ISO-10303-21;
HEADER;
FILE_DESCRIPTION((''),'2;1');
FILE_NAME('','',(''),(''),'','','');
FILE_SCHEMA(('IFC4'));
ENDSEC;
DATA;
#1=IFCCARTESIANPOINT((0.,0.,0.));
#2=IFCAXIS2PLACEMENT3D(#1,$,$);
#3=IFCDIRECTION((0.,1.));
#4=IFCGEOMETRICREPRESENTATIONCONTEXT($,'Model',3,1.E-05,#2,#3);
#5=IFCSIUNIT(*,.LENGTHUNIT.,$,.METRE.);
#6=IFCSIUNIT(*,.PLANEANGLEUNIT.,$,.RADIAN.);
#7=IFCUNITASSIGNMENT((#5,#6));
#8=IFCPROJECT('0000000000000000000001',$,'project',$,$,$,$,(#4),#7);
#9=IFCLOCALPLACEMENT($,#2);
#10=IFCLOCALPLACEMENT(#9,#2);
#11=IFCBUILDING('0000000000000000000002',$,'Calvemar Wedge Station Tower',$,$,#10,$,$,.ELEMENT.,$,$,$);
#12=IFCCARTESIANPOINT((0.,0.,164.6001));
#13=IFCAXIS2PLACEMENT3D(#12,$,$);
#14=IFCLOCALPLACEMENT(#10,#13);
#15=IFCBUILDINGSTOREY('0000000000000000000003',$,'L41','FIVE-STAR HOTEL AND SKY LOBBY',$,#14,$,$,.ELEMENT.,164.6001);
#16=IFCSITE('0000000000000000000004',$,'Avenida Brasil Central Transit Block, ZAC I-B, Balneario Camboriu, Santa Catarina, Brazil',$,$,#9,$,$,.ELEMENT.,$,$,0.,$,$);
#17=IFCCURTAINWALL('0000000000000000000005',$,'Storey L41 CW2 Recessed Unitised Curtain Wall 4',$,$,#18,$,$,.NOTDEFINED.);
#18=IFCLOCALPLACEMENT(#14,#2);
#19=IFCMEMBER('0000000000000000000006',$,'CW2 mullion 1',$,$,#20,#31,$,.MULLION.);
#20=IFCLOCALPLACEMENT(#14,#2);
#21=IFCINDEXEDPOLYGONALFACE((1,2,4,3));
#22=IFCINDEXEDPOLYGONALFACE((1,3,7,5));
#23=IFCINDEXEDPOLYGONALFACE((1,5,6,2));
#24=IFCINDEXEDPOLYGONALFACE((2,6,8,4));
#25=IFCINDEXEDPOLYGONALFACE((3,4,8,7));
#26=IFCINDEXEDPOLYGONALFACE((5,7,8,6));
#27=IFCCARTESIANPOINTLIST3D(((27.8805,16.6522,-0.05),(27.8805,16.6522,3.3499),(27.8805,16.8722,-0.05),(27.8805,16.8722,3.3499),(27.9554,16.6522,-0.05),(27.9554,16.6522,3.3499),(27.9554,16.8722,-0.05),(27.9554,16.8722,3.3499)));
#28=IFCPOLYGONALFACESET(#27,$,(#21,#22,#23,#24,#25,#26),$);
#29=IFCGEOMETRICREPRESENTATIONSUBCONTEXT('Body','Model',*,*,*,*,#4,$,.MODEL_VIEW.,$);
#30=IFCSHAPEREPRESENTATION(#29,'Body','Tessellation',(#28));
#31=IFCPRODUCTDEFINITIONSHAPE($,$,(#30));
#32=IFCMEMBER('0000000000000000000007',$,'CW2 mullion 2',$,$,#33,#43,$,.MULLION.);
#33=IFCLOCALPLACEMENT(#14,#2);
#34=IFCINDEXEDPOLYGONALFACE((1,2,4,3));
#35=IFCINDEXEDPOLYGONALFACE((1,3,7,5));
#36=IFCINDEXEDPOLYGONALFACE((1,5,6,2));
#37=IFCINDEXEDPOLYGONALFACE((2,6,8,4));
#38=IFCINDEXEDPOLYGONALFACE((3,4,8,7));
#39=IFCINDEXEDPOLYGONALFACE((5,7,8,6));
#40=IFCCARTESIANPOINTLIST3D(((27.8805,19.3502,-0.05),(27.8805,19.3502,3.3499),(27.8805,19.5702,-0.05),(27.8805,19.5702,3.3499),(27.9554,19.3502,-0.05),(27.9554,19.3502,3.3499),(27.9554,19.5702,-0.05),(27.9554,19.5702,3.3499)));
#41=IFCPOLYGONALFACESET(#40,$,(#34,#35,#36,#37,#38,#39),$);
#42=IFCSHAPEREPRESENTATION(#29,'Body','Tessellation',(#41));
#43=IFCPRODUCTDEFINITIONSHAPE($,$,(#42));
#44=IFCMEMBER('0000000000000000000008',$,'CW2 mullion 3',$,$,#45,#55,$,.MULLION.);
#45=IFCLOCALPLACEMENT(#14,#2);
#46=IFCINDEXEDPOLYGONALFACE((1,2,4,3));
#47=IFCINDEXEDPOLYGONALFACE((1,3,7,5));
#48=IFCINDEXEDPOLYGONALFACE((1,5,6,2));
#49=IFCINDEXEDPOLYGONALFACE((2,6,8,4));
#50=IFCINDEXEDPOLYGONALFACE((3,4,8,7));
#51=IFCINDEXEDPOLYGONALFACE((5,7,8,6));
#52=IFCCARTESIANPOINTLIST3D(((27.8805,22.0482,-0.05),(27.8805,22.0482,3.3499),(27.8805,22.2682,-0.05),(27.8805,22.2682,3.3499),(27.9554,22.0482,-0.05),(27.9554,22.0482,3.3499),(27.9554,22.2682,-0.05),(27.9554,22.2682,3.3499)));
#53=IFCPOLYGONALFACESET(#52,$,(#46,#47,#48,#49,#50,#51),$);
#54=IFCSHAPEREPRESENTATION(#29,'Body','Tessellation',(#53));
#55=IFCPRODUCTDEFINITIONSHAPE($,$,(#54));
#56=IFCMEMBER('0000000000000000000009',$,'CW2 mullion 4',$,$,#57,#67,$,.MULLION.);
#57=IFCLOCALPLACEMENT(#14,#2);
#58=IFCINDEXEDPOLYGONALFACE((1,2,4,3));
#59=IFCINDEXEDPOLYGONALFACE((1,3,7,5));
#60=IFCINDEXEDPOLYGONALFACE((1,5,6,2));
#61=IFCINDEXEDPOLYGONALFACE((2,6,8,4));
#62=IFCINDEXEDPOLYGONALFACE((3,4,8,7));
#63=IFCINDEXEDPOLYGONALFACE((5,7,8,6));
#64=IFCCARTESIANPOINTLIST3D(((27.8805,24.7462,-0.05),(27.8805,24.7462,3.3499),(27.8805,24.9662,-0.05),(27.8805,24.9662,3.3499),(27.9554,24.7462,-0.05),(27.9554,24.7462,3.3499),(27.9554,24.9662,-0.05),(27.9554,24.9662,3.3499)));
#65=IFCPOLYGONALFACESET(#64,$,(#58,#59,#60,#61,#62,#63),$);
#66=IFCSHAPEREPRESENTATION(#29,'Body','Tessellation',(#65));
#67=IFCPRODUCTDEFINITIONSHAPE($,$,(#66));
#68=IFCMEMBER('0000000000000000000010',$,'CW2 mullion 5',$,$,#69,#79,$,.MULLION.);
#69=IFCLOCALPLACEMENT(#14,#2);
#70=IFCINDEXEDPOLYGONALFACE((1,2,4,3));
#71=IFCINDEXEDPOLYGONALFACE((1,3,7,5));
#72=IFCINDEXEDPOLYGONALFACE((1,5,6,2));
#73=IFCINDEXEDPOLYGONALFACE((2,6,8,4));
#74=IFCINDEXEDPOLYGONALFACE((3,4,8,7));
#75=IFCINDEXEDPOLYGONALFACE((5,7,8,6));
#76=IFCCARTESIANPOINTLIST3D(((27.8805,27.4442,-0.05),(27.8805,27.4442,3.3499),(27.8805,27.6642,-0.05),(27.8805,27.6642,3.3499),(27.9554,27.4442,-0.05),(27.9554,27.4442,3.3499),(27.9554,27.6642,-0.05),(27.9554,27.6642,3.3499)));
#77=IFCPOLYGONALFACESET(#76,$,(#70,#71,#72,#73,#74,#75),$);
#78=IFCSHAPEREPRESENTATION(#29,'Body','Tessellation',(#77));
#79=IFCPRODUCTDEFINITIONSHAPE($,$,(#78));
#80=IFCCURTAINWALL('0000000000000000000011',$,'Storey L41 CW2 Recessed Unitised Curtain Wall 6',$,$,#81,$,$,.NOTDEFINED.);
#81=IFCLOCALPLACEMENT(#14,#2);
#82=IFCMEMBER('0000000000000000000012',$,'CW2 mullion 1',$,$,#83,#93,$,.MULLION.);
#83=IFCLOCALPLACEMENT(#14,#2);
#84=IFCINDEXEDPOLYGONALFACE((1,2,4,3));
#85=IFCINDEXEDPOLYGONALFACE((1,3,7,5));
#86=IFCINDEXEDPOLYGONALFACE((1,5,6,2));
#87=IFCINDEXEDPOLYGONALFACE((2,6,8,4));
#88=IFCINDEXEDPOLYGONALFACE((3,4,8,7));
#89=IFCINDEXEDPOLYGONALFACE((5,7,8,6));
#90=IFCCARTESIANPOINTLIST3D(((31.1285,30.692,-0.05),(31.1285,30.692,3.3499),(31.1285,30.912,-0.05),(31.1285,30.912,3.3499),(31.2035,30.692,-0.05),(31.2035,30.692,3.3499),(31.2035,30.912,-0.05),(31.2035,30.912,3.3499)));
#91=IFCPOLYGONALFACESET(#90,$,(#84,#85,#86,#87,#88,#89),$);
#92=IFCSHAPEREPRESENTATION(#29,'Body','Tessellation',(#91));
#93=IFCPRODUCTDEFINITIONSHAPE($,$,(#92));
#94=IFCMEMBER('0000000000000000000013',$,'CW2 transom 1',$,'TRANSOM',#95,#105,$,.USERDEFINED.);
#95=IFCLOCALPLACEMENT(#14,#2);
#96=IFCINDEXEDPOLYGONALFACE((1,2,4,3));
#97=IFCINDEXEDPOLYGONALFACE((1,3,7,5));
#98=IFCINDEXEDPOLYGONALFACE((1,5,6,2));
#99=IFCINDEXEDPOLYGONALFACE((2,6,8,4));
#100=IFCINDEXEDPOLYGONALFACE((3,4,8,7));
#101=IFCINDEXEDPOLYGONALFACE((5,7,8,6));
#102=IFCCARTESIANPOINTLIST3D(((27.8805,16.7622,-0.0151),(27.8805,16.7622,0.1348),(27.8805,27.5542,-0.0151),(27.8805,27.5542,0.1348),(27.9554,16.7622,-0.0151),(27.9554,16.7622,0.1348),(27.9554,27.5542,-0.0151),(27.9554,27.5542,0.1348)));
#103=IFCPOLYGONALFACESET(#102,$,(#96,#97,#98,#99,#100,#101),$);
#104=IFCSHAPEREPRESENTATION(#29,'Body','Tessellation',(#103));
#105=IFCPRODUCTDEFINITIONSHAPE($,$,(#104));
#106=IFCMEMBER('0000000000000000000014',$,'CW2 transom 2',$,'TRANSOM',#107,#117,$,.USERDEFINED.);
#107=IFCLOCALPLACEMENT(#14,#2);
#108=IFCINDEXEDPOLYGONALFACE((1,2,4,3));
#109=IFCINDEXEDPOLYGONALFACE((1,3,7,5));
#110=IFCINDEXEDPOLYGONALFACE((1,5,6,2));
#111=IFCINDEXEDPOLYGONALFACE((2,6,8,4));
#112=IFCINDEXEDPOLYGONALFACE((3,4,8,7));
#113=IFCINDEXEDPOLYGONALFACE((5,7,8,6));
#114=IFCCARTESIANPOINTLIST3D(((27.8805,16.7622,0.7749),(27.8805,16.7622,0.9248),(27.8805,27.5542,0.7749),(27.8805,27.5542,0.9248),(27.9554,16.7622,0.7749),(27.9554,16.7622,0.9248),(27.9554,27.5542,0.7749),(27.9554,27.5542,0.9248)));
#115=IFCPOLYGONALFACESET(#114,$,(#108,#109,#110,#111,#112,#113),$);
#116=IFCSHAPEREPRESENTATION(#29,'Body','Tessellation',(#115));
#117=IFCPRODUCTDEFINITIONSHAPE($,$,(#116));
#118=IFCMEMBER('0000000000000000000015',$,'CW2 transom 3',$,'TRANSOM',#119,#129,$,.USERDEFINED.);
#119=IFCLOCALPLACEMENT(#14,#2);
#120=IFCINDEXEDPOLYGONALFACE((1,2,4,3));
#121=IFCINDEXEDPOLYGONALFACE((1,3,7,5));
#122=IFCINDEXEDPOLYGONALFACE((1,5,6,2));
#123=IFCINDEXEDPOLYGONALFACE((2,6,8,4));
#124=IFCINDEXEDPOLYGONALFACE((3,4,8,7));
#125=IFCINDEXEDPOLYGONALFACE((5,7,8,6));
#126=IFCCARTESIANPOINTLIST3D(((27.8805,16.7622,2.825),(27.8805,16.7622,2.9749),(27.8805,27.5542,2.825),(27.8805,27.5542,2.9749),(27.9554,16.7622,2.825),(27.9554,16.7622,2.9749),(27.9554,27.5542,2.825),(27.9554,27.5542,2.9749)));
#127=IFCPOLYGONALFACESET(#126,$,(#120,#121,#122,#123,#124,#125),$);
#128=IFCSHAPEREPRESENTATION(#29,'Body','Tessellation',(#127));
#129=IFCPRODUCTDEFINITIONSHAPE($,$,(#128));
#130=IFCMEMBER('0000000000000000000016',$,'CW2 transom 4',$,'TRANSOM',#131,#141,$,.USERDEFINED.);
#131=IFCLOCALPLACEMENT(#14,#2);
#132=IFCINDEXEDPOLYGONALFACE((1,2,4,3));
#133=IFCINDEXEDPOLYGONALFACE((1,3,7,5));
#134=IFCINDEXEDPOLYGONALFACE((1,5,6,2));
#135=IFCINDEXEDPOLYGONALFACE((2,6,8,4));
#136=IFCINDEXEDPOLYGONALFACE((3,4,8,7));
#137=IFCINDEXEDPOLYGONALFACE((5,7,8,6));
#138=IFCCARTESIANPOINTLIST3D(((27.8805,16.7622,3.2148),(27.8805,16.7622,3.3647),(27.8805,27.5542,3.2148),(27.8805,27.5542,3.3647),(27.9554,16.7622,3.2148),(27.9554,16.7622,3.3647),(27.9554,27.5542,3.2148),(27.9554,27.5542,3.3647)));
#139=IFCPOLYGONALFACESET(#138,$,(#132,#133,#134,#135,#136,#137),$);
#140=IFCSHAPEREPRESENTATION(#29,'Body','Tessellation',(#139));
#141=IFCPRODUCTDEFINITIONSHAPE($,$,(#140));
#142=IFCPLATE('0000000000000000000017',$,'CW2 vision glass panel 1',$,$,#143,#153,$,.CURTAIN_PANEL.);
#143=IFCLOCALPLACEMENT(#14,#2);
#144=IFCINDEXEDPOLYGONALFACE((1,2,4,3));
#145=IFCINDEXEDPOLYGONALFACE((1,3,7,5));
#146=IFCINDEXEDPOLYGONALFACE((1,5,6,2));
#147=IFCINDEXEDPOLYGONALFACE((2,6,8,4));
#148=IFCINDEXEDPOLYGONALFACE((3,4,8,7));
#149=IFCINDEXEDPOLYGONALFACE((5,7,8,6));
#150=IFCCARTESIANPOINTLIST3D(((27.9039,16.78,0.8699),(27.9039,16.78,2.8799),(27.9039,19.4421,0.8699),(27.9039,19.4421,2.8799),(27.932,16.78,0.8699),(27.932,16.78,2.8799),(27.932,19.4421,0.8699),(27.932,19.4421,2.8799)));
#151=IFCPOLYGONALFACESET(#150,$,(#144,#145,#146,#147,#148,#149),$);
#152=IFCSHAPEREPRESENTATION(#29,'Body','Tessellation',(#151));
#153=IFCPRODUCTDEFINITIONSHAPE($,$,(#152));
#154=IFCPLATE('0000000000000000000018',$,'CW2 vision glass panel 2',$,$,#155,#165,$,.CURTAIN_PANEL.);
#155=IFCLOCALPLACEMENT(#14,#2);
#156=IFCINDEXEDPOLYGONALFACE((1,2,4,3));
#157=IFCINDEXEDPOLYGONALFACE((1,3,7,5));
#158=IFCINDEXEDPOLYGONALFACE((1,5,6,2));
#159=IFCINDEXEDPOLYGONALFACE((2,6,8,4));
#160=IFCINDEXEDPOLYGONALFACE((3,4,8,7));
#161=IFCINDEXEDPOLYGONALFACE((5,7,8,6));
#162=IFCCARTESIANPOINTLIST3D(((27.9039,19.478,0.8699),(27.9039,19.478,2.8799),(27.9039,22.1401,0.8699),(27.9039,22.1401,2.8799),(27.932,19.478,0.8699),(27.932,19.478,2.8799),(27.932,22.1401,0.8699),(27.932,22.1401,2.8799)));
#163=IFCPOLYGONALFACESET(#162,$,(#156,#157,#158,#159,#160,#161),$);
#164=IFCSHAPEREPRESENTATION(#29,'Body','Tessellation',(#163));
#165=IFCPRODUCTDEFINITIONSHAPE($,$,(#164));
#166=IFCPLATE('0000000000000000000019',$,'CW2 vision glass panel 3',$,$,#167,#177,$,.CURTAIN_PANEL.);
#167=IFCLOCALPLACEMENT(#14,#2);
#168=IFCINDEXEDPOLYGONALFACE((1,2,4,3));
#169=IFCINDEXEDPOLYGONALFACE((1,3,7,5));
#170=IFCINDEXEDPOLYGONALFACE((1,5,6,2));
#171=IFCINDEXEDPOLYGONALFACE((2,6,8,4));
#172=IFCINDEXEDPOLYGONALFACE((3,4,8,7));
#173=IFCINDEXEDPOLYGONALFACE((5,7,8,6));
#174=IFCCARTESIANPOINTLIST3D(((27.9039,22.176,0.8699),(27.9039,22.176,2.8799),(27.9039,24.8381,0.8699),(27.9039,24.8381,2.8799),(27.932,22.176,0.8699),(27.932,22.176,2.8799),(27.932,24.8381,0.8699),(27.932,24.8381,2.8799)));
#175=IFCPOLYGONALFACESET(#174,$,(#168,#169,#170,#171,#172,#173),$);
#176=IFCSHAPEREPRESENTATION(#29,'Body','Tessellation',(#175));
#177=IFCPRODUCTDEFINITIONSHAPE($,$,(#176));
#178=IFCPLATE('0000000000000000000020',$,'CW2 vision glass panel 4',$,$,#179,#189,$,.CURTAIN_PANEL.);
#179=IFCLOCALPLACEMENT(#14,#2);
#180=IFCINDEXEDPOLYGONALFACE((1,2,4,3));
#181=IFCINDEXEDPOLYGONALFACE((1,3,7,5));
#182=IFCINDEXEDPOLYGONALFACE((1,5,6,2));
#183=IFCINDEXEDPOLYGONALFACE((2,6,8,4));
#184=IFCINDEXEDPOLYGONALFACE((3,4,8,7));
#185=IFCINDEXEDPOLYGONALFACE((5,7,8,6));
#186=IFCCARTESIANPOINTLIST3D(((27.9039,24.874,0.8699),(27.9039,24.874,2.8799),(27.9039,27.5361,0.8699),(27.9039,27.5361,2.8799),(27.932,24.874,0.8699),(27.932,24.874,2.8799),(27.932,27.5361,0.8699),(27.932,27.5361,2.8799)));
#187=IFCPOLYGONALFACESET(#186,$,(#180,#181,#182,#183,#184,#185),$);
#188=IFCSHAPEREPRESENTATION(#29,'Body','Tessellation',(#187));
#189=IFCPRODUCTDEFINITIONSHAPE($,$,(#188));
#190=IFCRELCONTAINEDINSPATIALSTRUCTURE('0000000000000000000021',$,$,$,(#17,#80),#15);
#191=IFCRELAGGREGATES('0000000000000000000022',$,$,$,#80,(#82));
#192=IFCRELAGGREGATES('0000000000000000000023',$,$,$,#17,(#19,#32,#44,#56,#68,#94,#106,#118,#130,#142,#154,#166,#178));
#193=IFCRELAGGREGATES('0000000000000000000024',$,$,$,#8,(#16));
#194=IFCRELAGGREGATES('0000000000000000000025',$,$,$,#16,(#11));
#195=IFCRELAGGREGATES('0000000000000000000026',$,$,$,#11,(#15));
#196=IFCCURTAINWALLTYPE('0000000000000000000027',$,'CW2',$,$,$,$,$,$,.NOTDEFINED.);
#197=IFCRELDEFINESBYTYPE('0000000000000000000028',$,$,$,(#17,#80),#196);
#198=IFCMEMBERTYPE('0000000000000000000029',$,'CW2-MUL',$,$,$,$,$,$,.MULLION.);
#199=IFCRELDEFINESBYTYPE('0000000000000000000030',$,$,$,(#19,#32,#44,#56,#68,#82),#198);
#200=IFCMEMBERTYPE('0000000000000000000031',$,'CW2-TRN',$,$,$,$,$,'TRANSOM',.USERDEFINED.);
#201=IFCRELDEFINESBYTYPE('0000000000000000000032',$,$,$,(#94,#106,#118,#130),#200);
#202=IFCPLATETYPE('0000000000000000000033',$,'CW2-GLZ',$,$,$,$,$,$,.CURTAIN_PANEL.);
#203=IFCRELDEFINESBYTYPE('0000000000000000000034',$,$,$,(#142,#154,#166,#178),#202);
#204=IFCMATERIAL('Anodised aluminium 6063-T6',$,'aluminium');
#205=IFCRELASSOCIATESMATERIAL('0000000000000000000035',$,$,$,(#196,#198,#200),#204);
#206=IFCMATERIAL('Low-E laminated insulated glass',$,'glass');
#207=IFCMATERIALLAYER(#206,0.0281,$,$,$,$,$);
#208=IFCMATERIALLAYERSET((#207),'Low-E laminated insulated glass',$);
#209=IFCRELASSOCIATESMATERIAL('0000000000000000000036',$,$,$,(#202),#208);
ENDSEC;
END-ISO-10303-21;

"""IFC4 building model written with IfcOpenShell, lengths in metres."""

from ifc_helpers import new_model, si_unit, direction, frame, frame_2d, origin, origin_2d, place, context, subcontext, project, spatial, rectangle, extrude, source, transform, mapped, material, layer, layer_set, material_profile, profile_set, type_object, element, aggregate, save


model = new_model("IFC4")

# Units and contexts
model_context = context("Model", 3, precision=1e-05, world=origin(), true_north=direction((0.0, 1.0)))
body_context = subcontext(model_context, "Body", "Model", "MODEL_VIEW")
ifc_project = project(units=[si_unit("LENGTHUNIT", "METRE"), si_unit("PLANEANGLEUNIT", "RADIAN")], contexts=[model_context])

# Site, building, storey
site_placement = place(None, origin())
site = spatial("IfcSite", under=ifc_project, at=site_placement, Name="Avenida Brasil Central Transit Block, ZAC I-B, Balneario Camboriu, Santa Catarina, Brazil", CompositionType="ELEMENT", RefElevation=0.0)
building_placement = place(site_placement, origin())
building = spatial("IfcBuilding", under=site, at=building_placement, Name="Calvemar Wedge Station Tower", CompositionType="ELEMENT")
storey_placement = place(building_placement, frame((0.0, 0.0, 164.6001)))
storey = spatial("IfcBuildingStorey", under=building, at=storey_placement, Name="L41", Description="FIVE-STAR HOTEL AND SKY LOBBY", CompositionType="ELEMENT", Elevation=164.6001)

# Curtain wall, members
ifc_material_1 = material(Name="Anodised aluminium 6063-T6", Category="aluminium")
curtain_wall_type = type_object("IfcCurtainWallType", Name="CW2", PredefinedType="NOTDEFINED", material=ifc_material_1)
curtain_wall_1_placement = place(storey_placement, origin())
curtain_wall_1 = element("IfcCurtainWall", 1, at=curtain_wall_1_placement, inside=storey, type_object=curtain_wall_type, Name="Storey L41 CW2 Recessed Unitised Curtain Wall 4", PredefinedType="NOTDEFINED")
ifc_material_profile_1 = material_profile(ifc_material_1, rectangle(XDim=0.075, YDim=0.22, at=origin_2d()), Name="AL-MUL-75x220")
ifc_profile_set_1 = profile_set([ifc_material_profile_1], Name="Anodised aluminium 6063-T6")
member_type_1 = type_object("IfcMemberType", Name="CW2-MUL", PredefinedType="MULLION", material=ifc_profile_set_1)
shared_shape_1 = source(origin(), body_context, "Body", "SweptSolid", [
    extrude(rectangle(XDim=0.075, YDim=0.22, at=origin_2d()), origin(), (0.0, 0.0, 1.0), 3.3999),
])
member_1_placement = place(storey_placement, frame((27.918, 16.7622, -0.05), z_axis=(0.0, 0.0, 1.0), x_axis=(1.0, 0.0, 0.0)))
member_1 = element("IfcMember", 2, at=member_1_placement, type_object=member_type_1, Name="CW2 mullion 1", PredefinedType="MULLION", context=body_context, shape_type="MappedRepresentation", body=[
    mapped(shared_shape_1, transform((0.0, 0.0, 0.0), scale=1.0)),
])
member_2_placement = place(storey_placement, frame((27.918, 19.4602, -0.05), z_axis=(0.0, 0.0, 1.0), x_axis=(1.0, 0.0, 0.0)))
member_2 = element("IfcMember", 3, at=member_2_placement, type_object=member_type_1, Name="CW2 mullion 2", PredefinedType="MULLION", context=body_context, shape_type="MappedRepresentation", body=[
    mapped(shared_shape_1, transform((0.0, 0.0, 0.0), scale=1.0)),
])
member_3_placement = place(storey_placement, frame((27.918, 22.1582, -0.05), z_axis=(0.0, 0.0, 1.0), x_axis=(1.0, 0.0, 0.0)))
member_3 = element("IfcMember", 4, at=member_3_placement, type_object=member_type_1, Name="CW2 mullion 3", PredefinedType="MULLION", context=body_context, shape_type="MappedRepresentation", body=[
    mapped(shared_shape_1, transform((0.0, 0.0, 0.0), scale=1.0)),
])
member_4_placement = place(storey_placement, frame((27.918, 24.8562, -0.05), z_axis=(0.0, 0.0, 1.0), x_axis=(1.0, 0.0, 0.0)))
member_4 = element("IfcMember", 5, at=member_4_placement, type_object=member_type_1, Name="CW2 mullion 4", PredefinedType="MULLION", context=body_context, shape_type="MappedRepresentation", body=[
    mapped(shared_shape_1, transform((0.0, 0.0, 0.0), scale=1.0)),
])
member_5_placement = place(storey_placement, frame((27.918, 27.5542, -0.05), z_axis=(0.0, 0.0, 1.0), x_axis=(1.0, 0.0, 0.0)))
member_5 = element("IfcMember", 6, at=member_5_placement, type_object=member_type_1, Name="CW2 mullion 5", PredefinedType="MULLION", context=body_context, shape_type="MappedRepresentation", body=[
    mapped(shared_shape_1, transform((0.0, 0.0, 0.0), scale=1.0)),
])

# Curtain wall, member
curtain_wall_2_placement = place(storey_placement, origin())
curtain_wall_2 = element("IfcCurtainWall", 7, at=curtain_wall_2_placement, inside=storey, type_object=curtain_wall_type, Name="Storey L41 CW2 Recessed Unitised Curtain Wall 6", PredefinedType="NOTDEFINED")
member_6_placement = place(storey_placement, frame((31.166, 30.802, -0.05), z_axis=(0.0, 0.0, 1.0), x_axis=(1.0, 0.0, 0.0)))
member_6 = element("IfcMember", 8, at=member_6_placement, type_object=member_type_1, Name="CW2 mullion 1", PredefinedType="MULLION", context=body_context, shape_type="MappedRepresentation", body=[
    mapped(shared_shape_1, transform((0.0, 0.0, 0.0), scale=1.0)),
])
aggregate(curtain_wall_2, [member_6])

# Members
ifc_material_profile_2 = material_profile(ifc_material_1, rectangle(XDim=0.075, YDim=0.1499, at=origin_2d()), Name="AL-TRN-75x150")
ifc_profile_set_2 = profile_set([ifc_material_profile_2], Name="Anodised aluminium 6063-T6")
member_type_2 = type_object("IfcMemberType", Name="CW2-TRN", ElementType="TRANSOM", PredefinedType="USERDEFINED", material=ifc_profile_set_2)
shared_shape_2 = source(origin(), body_context, "Body", "SweptSolid", [
    extrude(rectangle(XDim=0.075, YDim=0.1499, at=origin_2d()), origin(), (0.0, 0.0, 1.0), 10.792),
])
member_7_placement = place(storey_placement, frame((27.918, 16.7622, 0.0598), z_axis=(0.0, 1.0, 0.0), x_axis=(-1.0, 0.0, 0.0)))
member_7 = element("IfcMember", 9, at=member_7_placement, type_object=member_type_2, Name="CW2 transom 1", ObjectType="TRANSOM", PredefinedType="USERDEFINED", context=body_context, shape_type="MappedRepresentation", body=[
    mapped(shared_shape_2, transform((0.0, 0.0, 0.0), scale=1.0)),
])
member_8_placement = place(storey_placement, frame((27.918, 16.7622, 0.8499), z_axis=(0.0, 1.0, 0.0), x_axis=(-1.0, 0.0, 0.0)))
member_8 = element("IfcMember", 10, at=member_8_placement, type_object=member_type_2, Name="CW2 transom 2", ObjectType="TRANSOM", PredefinedType="USERDEFINED", context=body_context, shape_type="MappedRepresentation", body=[
    mapped(shared_shape_2, transform((0.0, 0.0, 0.0), scale=1.0)),
])
member_9_placement = place(storey_placement, frame((27.918, 16.7622, 2.8999), z_axis=(0.0, 1.0, 0.0), x_axis=(-1.0, 0.0, 0.0)))
member_9 = element("IfcMember", 11, at=member_9_placement, type_object=member_type_2, Name="CW2 transom 3", ObjectType="TRANSOM", PredefinedType="USERDEFINED", context=body_context, shape_type="MappedRepresentation", body=[
    mapped(shared_shape_2, transform((0.0, 0.0, 0.0), scale=1.0)),
])
member_10_placement = place(storey_placement, frame((27.918, 16.7622, 3.2898), z_axis=(0.0, 1.0, 0.0), x_axis=(-1.0, 0.0, 0.0)))
member_10 = element("IfcMember", 12, at=member_10_placement, type_object=member_type_2, Name="CW2 transom 4", ObjectType="TRANSOM", PredefinedType="USERDEFINED", context=body_context, shape_type="MappedRepresentation", body=[
    mapped(shared_shape_2, transform((0.0, 0.0, 0.0), scale=1.0)),
])

# Plates
ifc_material_2 = material(Name="Low-E laminated insulated glass", Category="glass")
ifc_layer_1 = layer(ifc_material_2, 0.0281)
ifc_layer_set_1 = layer_set([ifc_layer_1], Name="Low-E laminated insulated glass")
plate_type_1 = type_object("IfcPlateType", Name="CW2-GLZ", PredefinedType="CURTAIN_PANEL", material=ifc_layer_set_1)
plate_1_placement = place(storey_placement, frame((27.918, 16.78, 0.8699), z_axis=(0.0, 0.0, 1.0), x_axis=(0.0, 1.0, 0.0)))
plate_1 = element("IfcPlate", 13, at=plate_1_placement, type_object=plate_type_1, Name="CW2 vision glass panel 1", PredefinedType="CURTAIN_PANEL", context=body_context, shape_type="SweptSolid", body=[
    extrude(rectangle(XDim=2.6621, YDim=0.0281, at=frame_2d((1.3311, 0.0))), origin(), (0.0, 0.0, 1.0), 2.01),
])
plate_2_placement = place(storey_placement, frame((27.918, 19.478, 0.8699), z_axis=(0.0, 0.0, 1.0), x_axis=(0.0, 1.0, 0.0)))
plate_2 = element("IfcPlate", 14, at=plate_2_placement, type_object=plate_type_1, Name="CW2 vision glass panel 2", PredefinedType="CURTAIN_PANEL", context=body_context, shape_type="SweptSolid", body=[
    extrude(rectangle(XDim=2.6621, YDim=0.0281, at=frame_2d((1.3311, 0.0))), origin(), (0.0, 0.0, 1.0), 2.01),
])
plate_3_placement = place(storey_placement, frame((27.918, 22.176, 0.8699), z_axis=(0.0, 0.0, 1.0), x_axis=(0.0, 1.0, 0.0)))
plate_3 = element("IfcPlate", 15, at=plate_3_placement, type_object=plate_type_1, Name="CW2 vision glass panel 3", PredefinedType="CURTAIN_PANEL", context=body_context, shape_type="SweptSolid", body=[
    extrude(rectangle(XDim=2.6621, YDim=0.0281, at=frame_2d((1.3311, 0.0))), origin(), (0.0, 0.0, 1.0), 2.01),
])
plate_4_placement = place(storey_placement, frame((27.918, 24.874, 0.8699), z_axis=(0.0, 0.0, 1.0), x_axis=(0.0, 1.0, 0.0)))
plate_4 = element("IfcPlate", 16, at=plate_4_placement, type_object=plate_type_1, Name="CW2 vision glass panel 4", PredefinedType="CURTAIN_PANEL", context=body_context, shape_type="SweptSolid", body=[
    extrude(rectangle(XDim=2.6621, YDim=0.0281, at=frame_2d((1.3311, 0.0))), origin(), (0.0, 0.0, 1.0), 2.01),
])
aggregate(curtain_wall_1, [member_1, member_2, member_3, member_4, member_5, member_7, member_8, member_9, member_10, plate_1, plate_2, plate_3, plate_4])

save(model, "model.ifc")
